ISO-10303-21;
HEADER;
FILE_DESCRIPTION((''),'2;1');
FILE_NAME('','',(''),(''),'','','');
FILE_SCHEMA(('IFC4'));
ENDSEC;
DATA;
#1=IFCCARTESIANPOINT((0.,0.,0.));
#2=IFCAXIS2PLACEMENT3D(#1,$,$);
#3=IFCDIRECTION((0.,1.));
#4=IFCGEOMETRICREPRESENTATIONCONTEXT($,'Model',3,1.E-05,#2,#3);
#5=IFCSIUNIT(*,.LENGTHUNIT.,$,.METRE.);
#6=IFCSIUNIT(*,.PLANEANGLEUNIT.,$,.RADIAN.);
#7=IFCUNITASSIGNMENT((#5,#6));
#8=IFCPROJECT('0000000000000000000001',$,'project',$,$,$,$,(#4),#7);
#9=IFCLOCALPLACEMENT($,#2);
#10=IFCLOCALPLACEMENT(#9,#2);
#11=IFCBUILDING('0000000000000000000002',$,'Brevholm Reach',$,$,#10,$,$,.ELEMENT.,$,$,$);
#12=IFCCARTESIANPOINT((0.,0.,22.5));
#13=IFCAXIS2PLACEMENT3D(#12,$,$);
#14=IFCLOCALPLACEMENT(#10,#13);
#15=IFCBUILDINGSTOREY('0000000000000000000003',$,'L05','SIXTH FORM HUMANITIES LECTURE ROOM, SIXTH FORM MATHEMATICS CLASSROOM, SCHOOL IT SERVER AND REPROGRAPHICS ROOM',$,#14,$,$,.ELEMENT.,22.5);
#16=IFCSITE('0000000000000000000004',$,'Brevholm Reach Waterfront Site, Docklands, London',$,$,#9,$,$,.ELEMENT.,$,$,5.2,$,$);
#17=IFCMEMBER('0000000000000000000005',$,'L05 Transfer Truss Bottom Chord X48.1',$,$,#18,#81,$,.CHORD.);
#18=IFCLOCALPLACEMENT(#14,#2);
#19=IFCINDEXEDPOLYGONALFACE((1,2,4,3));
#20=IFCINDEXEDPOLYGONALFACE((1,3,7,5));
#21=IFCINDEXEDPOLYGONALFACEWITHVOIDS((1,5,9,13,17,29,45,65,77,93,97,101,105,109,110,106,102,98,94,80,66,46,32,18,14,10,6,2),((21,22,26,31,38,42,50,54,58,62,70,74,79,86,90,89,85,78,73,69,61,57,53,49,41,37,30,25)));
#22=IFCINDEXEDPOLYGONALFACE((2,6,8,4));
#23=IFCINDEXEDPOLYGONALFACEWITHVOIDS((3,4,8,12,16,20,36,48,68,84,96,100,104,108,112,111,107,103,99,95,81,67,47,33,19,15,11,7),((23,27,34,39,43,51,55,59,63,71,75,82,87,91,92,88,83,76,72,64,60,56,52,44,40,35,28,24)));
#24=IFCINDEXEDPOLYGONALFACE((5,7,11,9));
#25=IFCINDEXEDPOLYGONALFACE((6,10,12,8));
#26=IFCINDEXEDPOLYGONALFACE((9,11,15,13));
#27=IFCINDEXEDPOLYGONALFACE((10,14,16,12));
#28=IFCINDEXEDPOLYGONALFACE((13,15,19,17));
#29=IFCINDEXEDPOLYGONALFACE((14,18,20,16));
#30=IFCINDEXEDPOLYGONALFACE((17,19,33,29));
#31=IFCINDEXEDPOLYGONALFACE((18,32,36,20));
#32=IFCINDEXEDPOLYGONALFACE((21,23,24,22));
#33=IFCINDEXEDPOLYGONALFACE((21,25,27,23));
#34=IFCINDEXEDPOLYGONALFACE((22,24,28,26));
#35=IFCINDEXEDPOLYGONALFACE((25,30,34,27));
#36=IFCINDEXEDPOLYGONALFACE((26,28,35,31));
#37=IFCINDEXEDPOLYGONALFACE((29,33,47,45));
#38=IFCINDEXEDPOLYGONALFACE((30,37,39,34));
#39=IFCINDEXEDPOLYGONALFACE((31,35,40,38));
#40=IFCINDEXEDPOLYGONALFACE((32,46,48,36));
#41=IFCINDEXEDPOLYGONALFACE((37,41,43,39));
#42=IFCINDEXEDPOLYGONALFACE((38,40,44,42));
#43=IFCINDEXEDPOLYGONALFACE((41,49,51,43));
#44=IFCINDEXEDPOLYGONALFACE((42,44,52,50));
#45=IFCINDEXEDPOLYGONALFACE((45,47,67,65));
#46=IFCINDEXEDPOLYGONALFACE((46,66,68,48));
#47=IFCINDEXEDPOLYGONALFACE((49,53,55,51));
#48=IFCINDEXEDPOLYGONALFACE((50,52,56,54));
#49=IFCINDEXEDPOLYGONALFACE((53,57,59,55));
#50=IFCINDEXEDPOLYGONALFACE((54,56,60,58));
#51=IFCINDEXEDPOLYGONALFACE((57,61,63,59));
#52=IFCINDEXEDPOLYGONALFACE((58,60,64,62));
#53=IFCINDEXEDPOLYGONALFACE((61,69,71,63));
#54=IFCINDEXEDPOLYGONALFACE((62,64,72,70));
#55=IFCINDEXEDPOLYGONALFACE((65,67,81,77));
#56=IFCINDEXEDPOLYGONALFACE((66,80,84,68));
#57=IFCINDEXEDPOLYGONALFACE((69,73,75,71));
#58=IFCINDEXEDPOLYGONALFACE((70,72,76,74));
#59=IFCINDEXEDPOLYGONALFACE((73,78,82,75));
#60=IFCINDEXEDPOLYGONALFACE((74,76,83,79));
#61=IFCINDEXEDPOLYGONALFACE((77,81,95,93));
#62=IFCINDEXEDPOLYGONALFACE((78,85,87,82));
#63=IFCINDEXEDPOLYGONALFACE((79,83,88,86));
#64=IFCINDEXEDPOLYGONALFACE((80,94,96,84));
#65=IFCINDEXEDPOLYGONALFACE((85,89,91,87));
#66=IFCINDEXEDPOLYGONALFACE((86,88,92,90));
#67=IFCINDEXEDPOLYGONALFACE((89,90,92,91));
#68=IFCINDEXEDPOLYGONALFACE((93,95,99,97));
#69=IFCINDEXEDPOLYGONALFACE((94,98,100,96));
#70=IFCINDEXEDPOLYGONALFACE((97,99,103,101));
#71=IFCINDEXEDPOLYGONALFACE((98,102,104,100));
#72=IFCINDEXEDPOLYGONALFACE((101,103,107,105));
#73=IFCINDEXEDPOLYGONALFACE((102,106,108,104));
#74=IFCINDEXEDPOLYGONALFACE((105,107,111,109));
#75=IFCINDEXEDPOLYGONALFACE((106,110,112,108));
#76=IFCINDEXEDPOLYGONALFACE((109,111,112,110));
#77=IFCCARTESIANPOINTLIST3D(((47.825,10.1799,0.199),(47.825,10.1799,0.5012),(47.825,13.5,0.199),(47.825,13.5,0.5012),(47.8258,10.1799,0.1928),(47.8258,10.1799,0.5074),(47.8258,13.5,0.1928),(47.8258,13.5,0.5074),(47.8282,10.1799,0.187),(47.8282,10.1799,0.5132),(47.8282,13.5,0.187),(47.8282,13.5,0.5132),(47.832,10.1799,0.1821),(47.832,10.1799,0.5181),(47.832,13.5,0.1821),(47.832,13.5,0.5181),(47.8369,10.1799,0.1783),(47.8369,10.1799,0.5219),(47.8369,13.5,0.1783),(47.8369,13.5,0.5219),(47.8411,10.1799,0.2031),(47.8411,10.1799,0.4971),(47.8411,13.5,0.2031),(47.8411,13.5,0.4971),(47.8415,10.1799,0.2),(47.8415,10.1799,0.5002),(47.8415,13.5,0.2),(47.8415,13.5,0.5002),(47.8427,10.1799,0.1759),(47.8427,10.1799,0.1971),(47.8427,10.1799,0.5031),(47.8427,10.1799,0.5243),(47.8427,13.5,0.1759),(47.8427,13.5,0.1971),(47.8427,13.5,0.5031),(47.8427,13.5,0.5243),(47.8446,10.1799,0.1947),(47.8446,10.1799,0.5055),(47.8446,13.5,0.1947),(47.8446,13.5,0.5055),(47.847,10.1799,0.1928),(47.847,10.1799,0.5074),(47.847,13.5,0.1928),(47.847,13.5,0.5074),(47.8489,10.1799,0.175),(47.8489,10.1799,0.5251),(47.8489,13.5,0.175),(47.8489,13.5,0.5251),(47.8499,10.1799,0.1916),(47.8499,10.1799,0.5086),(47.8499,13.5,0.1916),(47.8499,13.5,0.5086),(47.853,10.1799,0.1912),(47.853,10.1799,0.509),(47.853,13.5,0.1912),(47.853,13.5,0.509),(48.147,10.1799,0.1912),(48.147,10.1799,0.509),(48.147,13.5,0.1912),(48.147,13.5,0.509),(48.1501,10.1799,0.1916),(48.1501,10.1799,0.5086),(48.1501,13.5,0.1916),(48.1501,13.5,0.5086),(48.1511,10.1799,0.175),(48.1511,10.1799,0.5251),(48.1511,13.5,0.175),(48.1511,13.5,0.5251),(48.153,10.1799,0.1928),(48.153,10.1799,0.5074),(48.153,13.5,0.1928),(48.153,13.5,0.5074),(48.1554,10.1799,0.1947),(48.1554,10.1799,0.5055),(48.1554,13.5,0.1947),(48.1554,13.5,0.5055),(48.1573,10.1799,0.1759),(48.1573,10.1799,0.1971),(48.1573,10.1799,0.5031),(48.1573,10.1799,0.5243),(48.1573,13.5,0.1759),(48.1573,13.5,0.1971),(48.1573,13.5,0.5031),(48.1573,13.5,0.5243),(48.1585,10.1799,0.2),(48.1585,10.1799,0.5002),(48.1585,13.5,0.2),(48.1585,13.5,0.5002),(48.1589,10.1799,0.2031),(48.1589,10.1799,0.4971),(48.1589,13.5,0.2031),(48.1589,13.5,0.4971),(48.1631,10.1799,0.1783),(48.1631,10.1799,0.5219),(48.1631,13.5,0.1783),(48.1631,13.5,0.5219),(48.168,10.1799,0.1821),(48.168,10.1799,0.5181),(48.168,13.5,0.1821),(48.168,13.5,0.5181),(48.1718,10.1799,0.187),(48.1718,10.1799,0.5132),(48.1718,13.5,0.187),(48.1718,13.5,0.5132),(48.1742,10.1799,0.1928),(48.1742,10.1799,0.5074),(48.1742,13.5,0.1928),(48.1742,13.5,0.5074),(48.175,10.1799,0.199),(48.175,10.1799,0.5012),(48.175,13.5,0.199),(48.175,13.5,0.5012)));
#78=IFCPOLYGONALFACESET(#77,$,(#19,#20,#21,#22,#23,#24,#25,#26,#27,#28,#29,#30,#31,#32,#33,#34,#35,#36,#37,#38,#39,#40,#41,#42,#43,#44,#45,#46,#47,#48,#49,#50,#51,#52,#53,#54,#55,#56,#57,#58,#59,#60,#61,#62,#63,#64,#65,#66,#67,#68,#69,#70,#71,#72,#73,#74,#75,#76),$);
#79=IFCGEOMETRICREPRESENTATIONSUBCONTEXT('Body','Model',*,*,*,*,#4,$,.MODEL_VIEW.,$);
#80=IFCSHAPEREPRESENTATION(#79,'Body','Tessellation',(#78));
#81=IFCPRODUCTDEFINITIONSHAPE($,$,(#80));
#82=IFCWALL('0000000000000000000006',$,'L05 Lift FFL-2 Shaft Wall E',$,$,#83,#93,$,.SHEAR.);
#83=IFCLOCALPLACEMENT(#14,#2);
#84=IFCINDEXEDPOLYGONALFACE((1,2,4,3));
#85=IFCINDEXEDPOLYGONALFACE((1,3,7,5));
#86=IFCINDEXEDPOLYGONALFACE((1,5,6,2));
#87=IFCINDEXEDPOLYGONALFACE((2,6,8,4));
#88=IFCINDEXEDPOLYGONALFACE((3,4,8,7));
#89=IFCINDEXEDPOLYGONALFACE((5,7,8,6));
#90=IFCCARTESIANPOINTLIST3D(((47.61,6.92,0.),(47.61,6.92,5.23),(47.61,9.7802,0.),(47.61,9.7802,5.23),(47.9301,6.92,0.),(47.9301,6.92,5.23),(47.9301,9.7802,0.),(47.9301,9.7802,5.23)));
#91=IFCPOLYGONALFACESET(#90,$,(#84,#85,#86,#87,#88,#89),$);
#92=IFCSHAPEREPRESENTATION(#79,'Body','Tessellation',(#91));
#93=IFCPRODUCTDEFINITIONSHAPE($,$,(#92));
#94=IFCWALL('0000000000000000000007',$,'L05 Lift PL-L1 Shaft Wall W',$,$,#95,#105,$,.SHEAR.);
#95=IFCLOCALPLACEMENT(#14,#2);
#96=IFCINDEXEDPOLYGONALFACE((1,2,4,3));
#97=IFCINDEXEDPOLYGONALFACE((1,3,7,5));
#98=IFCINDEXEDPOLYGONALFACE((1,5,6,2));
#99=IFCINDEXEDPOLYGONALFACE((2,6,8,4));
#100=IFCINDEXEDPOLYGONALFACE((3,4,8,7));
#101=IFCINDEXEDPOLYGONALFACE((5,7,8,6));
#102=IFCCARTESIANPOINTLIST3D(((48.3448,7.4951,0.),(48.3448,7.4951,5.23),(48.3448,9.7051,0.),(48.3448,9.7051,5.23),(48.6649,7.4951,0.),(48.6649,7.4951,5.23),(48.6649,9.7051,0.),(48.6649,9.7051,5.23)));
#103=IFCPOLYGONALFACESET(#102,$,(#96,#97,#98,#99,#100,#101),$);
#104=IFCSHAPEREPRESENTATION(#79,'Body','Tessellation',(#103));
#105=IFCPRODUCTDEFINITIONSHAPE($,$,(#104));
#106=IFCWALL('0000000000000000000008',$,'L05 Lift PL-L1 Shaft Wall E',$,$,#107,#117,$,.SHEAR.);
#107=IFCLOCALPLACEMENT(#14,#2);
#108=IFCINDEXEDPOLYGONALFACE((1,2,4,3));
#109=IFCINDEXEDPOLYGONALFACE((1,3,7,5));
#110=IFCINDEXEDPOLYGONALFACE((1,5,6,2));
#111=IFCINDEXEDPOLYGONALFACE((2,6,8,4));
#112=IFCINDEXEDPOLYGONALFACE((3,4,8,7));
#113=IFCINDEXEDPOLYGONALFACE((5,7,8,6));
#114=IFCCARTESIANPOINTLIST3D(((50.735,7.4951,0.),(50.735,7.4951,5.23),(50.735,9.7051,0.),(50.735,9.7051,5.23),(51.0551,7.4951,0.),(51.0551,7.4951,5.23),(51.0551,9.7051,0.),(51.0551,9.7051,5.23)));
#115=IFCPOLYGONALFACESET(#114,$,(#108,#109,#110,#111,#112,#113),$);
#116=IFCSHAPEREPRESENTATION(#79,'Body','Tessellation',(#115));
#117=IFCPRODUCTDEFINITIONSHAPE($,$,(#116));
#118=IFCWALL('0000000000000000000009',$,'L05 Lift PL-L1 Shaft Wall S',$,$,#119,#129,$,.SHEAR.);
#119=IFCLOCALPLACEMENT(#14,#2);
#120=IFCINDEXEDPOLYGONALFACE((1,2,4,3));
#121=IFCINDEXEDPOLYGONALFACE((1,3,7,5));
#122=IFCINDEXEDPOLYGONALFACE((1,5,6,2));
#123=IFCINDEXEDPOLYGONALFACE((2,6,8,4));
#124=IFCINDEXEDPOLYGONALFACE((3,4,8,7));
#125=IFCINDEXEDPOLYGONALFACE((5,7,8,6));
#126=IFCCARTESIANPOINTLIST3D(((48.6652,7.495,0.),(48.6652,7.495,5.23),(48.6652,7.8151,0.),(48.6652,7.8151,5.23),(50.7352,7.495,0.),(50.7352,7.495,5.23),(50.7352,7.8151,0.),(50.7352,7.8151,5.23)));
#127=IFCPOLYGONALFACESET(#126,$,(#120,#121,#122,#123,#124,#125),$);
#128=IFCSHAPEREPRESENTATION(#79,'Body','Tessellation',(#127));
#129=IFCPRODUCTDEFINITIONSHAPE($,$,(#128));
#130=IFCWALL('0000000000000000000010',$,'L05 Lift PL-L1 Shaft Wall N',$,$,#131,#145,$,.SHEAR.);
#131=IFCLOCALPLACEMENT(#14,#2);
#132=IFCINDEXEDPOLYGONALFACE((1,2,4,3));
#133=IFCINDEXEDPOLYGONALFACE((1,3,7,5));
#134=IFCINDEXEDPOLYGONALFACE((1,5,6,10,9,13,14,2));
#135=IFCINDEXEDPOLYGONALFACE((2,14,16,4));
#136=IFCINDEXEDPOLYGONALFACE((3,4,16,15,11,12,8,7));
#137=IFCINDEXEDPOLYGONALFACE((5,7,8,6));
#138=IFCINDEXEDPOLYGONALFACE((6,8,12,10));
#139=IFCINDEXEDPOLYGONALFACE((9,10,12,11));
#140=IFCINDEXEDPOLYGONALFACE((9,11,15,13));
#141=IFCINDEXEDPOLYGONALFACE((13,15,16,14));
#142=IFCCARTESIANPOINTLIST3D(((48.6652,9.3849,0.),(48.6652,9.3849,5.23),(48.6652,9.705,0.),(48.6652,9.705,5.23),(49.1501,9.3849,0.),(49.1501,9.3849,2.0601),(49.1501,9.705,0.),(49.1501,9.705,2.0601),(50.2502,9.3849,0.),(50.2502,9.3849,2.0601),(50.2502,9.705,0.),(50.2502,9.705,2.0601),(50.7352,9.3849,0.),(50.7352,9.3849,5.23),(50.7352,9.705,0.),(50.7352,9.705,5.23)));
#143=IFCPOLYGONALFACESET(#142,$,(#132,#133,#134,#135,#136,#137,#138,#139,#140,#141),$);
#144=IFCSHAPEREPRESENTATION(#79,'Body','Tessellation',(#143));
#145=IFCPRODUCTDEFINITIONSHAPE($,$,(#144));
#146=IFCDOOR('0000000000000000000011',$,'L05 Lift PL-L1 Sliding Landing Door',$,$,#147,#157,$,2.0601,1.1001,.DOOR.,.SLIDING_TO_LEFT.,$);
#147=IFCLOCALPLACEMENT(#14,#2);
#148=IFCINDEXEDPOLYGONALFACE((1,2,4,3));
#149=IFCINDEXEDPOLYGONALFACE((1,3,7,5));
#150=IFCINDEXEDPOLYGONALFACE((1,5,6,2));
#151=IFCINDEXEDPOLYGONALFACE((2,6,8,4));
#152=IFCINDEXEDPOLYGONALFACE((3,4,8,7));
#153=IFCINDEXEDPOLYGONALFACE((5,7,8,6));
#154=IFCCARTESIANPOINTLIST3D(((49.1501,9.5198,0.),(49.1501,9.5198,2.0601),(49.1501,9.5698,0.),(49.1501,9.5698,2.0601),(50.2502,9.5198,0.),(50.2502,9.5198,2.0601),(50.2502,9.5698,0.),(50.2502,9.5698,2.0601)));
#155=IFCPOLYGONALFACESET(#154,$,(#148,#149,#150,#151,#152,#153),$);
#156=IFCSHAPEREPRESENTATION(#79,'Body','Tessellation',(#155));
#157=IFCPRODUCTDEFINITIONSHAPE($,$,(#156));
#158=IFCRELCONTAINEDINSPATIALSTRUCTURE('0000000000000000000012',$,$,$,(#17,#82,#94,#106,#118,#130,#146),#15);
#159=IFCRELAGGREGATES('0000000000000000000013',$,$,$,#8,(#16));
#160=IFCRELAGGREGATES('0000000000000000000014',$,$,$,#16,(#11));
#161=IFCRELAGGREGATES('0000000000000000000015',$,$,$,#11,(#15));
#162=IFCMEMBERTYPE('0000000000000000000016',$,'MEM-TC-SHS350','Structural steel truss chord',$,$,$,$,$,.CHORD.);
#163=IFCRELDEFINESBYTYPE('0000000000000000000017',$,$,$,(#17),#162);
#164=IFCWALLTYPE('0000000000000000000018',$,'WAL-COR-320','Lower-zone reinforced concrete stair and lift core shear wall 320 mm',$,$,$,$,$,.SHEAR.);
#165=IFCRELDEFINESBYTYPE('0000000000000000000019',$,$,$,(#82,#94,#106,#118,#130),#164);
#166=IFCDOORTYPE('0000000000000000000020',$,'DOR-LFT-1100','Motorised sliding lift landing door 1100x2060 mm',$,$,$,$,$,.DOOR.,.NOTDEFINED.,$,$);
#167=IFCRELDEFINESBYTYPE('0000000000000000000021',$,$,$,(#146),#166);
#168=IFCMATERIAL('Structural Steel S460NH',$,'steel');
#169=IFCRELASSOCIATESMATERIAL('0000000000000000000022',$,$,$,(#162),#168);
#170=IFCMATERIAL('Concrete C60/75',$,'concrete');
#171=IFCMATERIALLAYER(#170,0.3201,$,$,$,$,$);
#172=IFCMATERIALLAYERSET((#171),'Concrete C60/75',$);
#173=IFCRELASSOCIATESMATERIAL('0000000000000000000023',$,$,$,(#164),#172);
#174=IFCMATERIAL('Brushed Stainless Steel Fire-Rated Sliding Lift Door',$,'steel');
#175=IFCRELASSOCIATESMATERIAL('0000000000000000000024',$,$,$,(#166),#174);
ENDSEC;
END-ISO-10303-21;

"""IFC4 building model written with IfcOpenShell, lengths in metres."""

from ifc_helpers import new_model, si_unit, direction, frame, frame_2d, origin, origin_2d, place, context, subcontext, project, spatial, rectangle, hollow_rectangle, extrude, material, layer, layer_set, material_profile, profile_set, type_object, element, fill, save


model = new_model("IFC4")

# Units and contexts
model_context = context("Model", 3, precision=1e-05, world=origin(), true_north=direction((0.0, 1.0)))
body_context = subcontext(model_context, "Body", "Model", "MODEL_VIEW")
ifc_project = project(units=[si_unit("LENGTHUNIT", "METRE"), si_unit("PLANEANGLEUNIT", "RADIAN")], contexts=[model_context])

# Site, building, storey
site_placement = place(None, origin())
site = spatial("IfcSite", under=ifc_project, at=site_placement, Name="Brevholm Reach Waterfront Site, Docklands, London", CompositionType="ELEMENT", RefElevation=5.2)
building_placement = place(site_placement, origin())
building = spatial("IfcBuilding", under=site, at=building_placement, Name="Brevholm Reach", CompositionType="ELEMENT")
storey_placement = place(building_placement, frame((0.0, 0.0, 22.5)))
storey = spatial("IfcBuildingStorey", under=building, at=storey_placement, Name="L05", Description="SIXTH FORM HUMANITIES LECTURE ROOM, SIXTH FORM MATHEMATICS CLASSROOM, SCHOOL IT SERVER AND REPROGRAPHICS ROOM", CompositionType="ELEMENT", Elevation=22.5)

# Member
ifc_material_1 = material(Name="Structural Steel S460NH", Category="steel")
ifc_material_profile_1 = material_profile(ifc_material_1, hollow_rectangle(XDim=0.3501, YDim=0.3501, WallThickness=0.0161, InnerFilletRadius=0.012, OuterFilletRadius=0.0239, at=origin_2d()), Name="SHS 350x350x16")
ifc_profile_set_1 = profile_set([ifc_material_profile_1], Name="Structural Steel S460NH")
member_type = type_object("IfcMemberType", Name="MEM-TC-SHS350", Description="Structural steel truss chord", PredefinedType="CHORD", material=ifc_profile_set_1)
member_placement = place(storey_placement, frame((48.0, 10.1799, 0.3501), z_axis=(0.0, 1.0, 0.0), x_axis=(-1.0, 0.0, 0.0)))
element("IfcMember", 1, at=member_placement, inside=storey, type_object=member_type, Name="L05 Transfer Truss Bottom Chord X48.1", PredefinedType="CHORD", context=body_context, shape_type="SweptSolid", body=[
    extrude(hollow_rectangle(XDim=0.3501, YDim=0.3501, WallThickness=0.0161, InnerFilletRadius=0.012, OuterFilletRadius=0.0239, at=origin_2d()), origin(), (0.0, 0.0, 1.0), 3.3201),
])

# Walls
ifc_material_2 = material(Name="Concrete C60/75", Category="concrete")
ifc_layer = layer(ifc_material_2, 0.3201)
ifc_layer_set = layer_set([ifc_layer], Name="Concrete C60/75")
wall_type = type_object("IfcWallType", Name="WAL-COR-320", Description="Lower-zone reinforced concrete stair and lift core shear wall 320 mm", PredefinedType="SHEAR", material=ifc_layer_set)
wall_1_placement = place(storey_placement, frame((47.77, 6.9199, 0.0), z_axis=(0.0, 0.0, 1.0), x_axis=(0.0, 1.0, 0.0)))
element("IfcWall", 2, at=wall_1_placement, inside=storey, type_object=wall_type, Name="L05 Lift FFL-2 Shaft Wall E", PredefinedType="SHEAR", context=body_context, shape_type="SweptSolid", body=[
    extrude(rectangle(XDim=2.8601, YDim=0.3201, at=frame_2d((1.4302, 0.0))), origin(), (0.0, 0.0, 1.0), 5.23),
])
for number, where, z_axis, x_axis, name in (
    (3, (48.5049, 7.4951, 0.0), (0.0, 0.0, 1.0), (0.0, 1.0, 0.0), "L05 Lift PL-L1 Shaft Wall W"),
    (4, (50.895, 7.4951, 0.0), (0.0, 0.0, 1.0), (0.0, 1.0, 0.0), "L05 Lift PL-L1 Shaft Wall E"),
):
    element("IfcWall", number, at=place(storey_placement, frame(where, z_axis=z_axis, x_axis=x_axis)), inside=storey, type_object=wall_type, Name=name, PredefinedType="SHEAR", context=body_context, shape_type="SweptSolid", body=[
        extrude(rectangle(XDim=2.21, YDim=0.3201, at=frame_2d((1.105, 0.0))), origin(), (0.0, 0.0, 1.0), 5.23),
    ])
wall_2_placement = place(storey_placement, frame((48.665, 7.655, 0.0), z_axis=(0.0, 0.0, 1.0), x_axis=(1.0, 0.0, 0.0)))
element("IfcWall", 5, at=wall_2_placement, inside=storey, type_object=wall_type, Name="L05 Lift PL-L1 Shaft Wall S", PredefinedType="SHEAR", context=body_context, shape_type="SweptSolid", body=[
    extrude(rectangle(XDim=2.0701, YDim=0.3201, at=frame_2d((1.0352, 0.0))), origin(), (0.0, 0.0, 1.0), 5.23),
])

# Wall, opening, door
wall_3_placement = place(storey_placement, frame((48.665, 9.5449, 0.0), z_axis=(0.0, 0.0, 1.0), x_axis=(1.0, 0.0, 0.0)))
wall_3 = element("IfcWall", 6, at=wall_3_placement, inside=storey, type_object=wall_type, Name="L05 Lift PL-L1 Shaft Wall N", PredefinedType="SHEAR", context=body_context, shape_type="SweptSolid", body=[
    extrude(rectangle(XDim=2.0701, YDim=0.3201, at=frame_2d((1.0352, 0.0))), origin(), (0.0, 0.0, 1.0), 5.23),
])
opening_placement = place(wall_3_placement, frame((0.4851, 0.0, 0.0)))
opening = element("IfcOpeningElement", 7, at=opening_placement, cuts=wall_3, PredefinedType="OPENING", context=body_context, shape_type="SweptSolid", body=[
    extrude(rectangle(XDim=1.1001, YDim=2.0601, at=frame_2d((0.55, 1.03))), frame((0.0, 0.1699, 0.0), z_axis=(0.0, -1.0, 0.0), x_axis=(1.0, 0.0, 0.0)), (0.0, 0.0, 1.0), 0.3401),
])
ifc_material_3 = material(Name="Brushed Stainless Steel Fire-Rated Sliding Lift Door", Category="steel")
door_type = type_object("IfcDoorType", Name="DOR-LFT-1100", Description="Motorised sliding lift landing door 1100x2060 mm", OperationType="NOTDEFINED", PredefinedType="DOOR", material=ifc_material_3)
door_placement = place(opening_placement, origin())
door = element("IfcDoor", 8, at=door_placement, inside=storey, type_object=door_type, Name="L05 Lift PL-L1 Sliding Landing Door", OperationType="SLIDING_TO_LEFT", OverallHeight=2.0601, OverallWidth=1.1001, PredefinedType="DOOR", context=body_context, shape_type="SweptSolid", body=[
    extrude(rectangle(XDim=1.1001, YDim=2.0601, at=frame_2d((0.55, 1.03))), frame((0.0, 0.0249, 0.0), z_axis=(0.0, -1.0, 0.0), x_axis=(1.0, 0.0, 0.0)), (0.0, 0.0, 1.0), 0.05),
])
fill(opening, door)

save(model, "model.ifc")
